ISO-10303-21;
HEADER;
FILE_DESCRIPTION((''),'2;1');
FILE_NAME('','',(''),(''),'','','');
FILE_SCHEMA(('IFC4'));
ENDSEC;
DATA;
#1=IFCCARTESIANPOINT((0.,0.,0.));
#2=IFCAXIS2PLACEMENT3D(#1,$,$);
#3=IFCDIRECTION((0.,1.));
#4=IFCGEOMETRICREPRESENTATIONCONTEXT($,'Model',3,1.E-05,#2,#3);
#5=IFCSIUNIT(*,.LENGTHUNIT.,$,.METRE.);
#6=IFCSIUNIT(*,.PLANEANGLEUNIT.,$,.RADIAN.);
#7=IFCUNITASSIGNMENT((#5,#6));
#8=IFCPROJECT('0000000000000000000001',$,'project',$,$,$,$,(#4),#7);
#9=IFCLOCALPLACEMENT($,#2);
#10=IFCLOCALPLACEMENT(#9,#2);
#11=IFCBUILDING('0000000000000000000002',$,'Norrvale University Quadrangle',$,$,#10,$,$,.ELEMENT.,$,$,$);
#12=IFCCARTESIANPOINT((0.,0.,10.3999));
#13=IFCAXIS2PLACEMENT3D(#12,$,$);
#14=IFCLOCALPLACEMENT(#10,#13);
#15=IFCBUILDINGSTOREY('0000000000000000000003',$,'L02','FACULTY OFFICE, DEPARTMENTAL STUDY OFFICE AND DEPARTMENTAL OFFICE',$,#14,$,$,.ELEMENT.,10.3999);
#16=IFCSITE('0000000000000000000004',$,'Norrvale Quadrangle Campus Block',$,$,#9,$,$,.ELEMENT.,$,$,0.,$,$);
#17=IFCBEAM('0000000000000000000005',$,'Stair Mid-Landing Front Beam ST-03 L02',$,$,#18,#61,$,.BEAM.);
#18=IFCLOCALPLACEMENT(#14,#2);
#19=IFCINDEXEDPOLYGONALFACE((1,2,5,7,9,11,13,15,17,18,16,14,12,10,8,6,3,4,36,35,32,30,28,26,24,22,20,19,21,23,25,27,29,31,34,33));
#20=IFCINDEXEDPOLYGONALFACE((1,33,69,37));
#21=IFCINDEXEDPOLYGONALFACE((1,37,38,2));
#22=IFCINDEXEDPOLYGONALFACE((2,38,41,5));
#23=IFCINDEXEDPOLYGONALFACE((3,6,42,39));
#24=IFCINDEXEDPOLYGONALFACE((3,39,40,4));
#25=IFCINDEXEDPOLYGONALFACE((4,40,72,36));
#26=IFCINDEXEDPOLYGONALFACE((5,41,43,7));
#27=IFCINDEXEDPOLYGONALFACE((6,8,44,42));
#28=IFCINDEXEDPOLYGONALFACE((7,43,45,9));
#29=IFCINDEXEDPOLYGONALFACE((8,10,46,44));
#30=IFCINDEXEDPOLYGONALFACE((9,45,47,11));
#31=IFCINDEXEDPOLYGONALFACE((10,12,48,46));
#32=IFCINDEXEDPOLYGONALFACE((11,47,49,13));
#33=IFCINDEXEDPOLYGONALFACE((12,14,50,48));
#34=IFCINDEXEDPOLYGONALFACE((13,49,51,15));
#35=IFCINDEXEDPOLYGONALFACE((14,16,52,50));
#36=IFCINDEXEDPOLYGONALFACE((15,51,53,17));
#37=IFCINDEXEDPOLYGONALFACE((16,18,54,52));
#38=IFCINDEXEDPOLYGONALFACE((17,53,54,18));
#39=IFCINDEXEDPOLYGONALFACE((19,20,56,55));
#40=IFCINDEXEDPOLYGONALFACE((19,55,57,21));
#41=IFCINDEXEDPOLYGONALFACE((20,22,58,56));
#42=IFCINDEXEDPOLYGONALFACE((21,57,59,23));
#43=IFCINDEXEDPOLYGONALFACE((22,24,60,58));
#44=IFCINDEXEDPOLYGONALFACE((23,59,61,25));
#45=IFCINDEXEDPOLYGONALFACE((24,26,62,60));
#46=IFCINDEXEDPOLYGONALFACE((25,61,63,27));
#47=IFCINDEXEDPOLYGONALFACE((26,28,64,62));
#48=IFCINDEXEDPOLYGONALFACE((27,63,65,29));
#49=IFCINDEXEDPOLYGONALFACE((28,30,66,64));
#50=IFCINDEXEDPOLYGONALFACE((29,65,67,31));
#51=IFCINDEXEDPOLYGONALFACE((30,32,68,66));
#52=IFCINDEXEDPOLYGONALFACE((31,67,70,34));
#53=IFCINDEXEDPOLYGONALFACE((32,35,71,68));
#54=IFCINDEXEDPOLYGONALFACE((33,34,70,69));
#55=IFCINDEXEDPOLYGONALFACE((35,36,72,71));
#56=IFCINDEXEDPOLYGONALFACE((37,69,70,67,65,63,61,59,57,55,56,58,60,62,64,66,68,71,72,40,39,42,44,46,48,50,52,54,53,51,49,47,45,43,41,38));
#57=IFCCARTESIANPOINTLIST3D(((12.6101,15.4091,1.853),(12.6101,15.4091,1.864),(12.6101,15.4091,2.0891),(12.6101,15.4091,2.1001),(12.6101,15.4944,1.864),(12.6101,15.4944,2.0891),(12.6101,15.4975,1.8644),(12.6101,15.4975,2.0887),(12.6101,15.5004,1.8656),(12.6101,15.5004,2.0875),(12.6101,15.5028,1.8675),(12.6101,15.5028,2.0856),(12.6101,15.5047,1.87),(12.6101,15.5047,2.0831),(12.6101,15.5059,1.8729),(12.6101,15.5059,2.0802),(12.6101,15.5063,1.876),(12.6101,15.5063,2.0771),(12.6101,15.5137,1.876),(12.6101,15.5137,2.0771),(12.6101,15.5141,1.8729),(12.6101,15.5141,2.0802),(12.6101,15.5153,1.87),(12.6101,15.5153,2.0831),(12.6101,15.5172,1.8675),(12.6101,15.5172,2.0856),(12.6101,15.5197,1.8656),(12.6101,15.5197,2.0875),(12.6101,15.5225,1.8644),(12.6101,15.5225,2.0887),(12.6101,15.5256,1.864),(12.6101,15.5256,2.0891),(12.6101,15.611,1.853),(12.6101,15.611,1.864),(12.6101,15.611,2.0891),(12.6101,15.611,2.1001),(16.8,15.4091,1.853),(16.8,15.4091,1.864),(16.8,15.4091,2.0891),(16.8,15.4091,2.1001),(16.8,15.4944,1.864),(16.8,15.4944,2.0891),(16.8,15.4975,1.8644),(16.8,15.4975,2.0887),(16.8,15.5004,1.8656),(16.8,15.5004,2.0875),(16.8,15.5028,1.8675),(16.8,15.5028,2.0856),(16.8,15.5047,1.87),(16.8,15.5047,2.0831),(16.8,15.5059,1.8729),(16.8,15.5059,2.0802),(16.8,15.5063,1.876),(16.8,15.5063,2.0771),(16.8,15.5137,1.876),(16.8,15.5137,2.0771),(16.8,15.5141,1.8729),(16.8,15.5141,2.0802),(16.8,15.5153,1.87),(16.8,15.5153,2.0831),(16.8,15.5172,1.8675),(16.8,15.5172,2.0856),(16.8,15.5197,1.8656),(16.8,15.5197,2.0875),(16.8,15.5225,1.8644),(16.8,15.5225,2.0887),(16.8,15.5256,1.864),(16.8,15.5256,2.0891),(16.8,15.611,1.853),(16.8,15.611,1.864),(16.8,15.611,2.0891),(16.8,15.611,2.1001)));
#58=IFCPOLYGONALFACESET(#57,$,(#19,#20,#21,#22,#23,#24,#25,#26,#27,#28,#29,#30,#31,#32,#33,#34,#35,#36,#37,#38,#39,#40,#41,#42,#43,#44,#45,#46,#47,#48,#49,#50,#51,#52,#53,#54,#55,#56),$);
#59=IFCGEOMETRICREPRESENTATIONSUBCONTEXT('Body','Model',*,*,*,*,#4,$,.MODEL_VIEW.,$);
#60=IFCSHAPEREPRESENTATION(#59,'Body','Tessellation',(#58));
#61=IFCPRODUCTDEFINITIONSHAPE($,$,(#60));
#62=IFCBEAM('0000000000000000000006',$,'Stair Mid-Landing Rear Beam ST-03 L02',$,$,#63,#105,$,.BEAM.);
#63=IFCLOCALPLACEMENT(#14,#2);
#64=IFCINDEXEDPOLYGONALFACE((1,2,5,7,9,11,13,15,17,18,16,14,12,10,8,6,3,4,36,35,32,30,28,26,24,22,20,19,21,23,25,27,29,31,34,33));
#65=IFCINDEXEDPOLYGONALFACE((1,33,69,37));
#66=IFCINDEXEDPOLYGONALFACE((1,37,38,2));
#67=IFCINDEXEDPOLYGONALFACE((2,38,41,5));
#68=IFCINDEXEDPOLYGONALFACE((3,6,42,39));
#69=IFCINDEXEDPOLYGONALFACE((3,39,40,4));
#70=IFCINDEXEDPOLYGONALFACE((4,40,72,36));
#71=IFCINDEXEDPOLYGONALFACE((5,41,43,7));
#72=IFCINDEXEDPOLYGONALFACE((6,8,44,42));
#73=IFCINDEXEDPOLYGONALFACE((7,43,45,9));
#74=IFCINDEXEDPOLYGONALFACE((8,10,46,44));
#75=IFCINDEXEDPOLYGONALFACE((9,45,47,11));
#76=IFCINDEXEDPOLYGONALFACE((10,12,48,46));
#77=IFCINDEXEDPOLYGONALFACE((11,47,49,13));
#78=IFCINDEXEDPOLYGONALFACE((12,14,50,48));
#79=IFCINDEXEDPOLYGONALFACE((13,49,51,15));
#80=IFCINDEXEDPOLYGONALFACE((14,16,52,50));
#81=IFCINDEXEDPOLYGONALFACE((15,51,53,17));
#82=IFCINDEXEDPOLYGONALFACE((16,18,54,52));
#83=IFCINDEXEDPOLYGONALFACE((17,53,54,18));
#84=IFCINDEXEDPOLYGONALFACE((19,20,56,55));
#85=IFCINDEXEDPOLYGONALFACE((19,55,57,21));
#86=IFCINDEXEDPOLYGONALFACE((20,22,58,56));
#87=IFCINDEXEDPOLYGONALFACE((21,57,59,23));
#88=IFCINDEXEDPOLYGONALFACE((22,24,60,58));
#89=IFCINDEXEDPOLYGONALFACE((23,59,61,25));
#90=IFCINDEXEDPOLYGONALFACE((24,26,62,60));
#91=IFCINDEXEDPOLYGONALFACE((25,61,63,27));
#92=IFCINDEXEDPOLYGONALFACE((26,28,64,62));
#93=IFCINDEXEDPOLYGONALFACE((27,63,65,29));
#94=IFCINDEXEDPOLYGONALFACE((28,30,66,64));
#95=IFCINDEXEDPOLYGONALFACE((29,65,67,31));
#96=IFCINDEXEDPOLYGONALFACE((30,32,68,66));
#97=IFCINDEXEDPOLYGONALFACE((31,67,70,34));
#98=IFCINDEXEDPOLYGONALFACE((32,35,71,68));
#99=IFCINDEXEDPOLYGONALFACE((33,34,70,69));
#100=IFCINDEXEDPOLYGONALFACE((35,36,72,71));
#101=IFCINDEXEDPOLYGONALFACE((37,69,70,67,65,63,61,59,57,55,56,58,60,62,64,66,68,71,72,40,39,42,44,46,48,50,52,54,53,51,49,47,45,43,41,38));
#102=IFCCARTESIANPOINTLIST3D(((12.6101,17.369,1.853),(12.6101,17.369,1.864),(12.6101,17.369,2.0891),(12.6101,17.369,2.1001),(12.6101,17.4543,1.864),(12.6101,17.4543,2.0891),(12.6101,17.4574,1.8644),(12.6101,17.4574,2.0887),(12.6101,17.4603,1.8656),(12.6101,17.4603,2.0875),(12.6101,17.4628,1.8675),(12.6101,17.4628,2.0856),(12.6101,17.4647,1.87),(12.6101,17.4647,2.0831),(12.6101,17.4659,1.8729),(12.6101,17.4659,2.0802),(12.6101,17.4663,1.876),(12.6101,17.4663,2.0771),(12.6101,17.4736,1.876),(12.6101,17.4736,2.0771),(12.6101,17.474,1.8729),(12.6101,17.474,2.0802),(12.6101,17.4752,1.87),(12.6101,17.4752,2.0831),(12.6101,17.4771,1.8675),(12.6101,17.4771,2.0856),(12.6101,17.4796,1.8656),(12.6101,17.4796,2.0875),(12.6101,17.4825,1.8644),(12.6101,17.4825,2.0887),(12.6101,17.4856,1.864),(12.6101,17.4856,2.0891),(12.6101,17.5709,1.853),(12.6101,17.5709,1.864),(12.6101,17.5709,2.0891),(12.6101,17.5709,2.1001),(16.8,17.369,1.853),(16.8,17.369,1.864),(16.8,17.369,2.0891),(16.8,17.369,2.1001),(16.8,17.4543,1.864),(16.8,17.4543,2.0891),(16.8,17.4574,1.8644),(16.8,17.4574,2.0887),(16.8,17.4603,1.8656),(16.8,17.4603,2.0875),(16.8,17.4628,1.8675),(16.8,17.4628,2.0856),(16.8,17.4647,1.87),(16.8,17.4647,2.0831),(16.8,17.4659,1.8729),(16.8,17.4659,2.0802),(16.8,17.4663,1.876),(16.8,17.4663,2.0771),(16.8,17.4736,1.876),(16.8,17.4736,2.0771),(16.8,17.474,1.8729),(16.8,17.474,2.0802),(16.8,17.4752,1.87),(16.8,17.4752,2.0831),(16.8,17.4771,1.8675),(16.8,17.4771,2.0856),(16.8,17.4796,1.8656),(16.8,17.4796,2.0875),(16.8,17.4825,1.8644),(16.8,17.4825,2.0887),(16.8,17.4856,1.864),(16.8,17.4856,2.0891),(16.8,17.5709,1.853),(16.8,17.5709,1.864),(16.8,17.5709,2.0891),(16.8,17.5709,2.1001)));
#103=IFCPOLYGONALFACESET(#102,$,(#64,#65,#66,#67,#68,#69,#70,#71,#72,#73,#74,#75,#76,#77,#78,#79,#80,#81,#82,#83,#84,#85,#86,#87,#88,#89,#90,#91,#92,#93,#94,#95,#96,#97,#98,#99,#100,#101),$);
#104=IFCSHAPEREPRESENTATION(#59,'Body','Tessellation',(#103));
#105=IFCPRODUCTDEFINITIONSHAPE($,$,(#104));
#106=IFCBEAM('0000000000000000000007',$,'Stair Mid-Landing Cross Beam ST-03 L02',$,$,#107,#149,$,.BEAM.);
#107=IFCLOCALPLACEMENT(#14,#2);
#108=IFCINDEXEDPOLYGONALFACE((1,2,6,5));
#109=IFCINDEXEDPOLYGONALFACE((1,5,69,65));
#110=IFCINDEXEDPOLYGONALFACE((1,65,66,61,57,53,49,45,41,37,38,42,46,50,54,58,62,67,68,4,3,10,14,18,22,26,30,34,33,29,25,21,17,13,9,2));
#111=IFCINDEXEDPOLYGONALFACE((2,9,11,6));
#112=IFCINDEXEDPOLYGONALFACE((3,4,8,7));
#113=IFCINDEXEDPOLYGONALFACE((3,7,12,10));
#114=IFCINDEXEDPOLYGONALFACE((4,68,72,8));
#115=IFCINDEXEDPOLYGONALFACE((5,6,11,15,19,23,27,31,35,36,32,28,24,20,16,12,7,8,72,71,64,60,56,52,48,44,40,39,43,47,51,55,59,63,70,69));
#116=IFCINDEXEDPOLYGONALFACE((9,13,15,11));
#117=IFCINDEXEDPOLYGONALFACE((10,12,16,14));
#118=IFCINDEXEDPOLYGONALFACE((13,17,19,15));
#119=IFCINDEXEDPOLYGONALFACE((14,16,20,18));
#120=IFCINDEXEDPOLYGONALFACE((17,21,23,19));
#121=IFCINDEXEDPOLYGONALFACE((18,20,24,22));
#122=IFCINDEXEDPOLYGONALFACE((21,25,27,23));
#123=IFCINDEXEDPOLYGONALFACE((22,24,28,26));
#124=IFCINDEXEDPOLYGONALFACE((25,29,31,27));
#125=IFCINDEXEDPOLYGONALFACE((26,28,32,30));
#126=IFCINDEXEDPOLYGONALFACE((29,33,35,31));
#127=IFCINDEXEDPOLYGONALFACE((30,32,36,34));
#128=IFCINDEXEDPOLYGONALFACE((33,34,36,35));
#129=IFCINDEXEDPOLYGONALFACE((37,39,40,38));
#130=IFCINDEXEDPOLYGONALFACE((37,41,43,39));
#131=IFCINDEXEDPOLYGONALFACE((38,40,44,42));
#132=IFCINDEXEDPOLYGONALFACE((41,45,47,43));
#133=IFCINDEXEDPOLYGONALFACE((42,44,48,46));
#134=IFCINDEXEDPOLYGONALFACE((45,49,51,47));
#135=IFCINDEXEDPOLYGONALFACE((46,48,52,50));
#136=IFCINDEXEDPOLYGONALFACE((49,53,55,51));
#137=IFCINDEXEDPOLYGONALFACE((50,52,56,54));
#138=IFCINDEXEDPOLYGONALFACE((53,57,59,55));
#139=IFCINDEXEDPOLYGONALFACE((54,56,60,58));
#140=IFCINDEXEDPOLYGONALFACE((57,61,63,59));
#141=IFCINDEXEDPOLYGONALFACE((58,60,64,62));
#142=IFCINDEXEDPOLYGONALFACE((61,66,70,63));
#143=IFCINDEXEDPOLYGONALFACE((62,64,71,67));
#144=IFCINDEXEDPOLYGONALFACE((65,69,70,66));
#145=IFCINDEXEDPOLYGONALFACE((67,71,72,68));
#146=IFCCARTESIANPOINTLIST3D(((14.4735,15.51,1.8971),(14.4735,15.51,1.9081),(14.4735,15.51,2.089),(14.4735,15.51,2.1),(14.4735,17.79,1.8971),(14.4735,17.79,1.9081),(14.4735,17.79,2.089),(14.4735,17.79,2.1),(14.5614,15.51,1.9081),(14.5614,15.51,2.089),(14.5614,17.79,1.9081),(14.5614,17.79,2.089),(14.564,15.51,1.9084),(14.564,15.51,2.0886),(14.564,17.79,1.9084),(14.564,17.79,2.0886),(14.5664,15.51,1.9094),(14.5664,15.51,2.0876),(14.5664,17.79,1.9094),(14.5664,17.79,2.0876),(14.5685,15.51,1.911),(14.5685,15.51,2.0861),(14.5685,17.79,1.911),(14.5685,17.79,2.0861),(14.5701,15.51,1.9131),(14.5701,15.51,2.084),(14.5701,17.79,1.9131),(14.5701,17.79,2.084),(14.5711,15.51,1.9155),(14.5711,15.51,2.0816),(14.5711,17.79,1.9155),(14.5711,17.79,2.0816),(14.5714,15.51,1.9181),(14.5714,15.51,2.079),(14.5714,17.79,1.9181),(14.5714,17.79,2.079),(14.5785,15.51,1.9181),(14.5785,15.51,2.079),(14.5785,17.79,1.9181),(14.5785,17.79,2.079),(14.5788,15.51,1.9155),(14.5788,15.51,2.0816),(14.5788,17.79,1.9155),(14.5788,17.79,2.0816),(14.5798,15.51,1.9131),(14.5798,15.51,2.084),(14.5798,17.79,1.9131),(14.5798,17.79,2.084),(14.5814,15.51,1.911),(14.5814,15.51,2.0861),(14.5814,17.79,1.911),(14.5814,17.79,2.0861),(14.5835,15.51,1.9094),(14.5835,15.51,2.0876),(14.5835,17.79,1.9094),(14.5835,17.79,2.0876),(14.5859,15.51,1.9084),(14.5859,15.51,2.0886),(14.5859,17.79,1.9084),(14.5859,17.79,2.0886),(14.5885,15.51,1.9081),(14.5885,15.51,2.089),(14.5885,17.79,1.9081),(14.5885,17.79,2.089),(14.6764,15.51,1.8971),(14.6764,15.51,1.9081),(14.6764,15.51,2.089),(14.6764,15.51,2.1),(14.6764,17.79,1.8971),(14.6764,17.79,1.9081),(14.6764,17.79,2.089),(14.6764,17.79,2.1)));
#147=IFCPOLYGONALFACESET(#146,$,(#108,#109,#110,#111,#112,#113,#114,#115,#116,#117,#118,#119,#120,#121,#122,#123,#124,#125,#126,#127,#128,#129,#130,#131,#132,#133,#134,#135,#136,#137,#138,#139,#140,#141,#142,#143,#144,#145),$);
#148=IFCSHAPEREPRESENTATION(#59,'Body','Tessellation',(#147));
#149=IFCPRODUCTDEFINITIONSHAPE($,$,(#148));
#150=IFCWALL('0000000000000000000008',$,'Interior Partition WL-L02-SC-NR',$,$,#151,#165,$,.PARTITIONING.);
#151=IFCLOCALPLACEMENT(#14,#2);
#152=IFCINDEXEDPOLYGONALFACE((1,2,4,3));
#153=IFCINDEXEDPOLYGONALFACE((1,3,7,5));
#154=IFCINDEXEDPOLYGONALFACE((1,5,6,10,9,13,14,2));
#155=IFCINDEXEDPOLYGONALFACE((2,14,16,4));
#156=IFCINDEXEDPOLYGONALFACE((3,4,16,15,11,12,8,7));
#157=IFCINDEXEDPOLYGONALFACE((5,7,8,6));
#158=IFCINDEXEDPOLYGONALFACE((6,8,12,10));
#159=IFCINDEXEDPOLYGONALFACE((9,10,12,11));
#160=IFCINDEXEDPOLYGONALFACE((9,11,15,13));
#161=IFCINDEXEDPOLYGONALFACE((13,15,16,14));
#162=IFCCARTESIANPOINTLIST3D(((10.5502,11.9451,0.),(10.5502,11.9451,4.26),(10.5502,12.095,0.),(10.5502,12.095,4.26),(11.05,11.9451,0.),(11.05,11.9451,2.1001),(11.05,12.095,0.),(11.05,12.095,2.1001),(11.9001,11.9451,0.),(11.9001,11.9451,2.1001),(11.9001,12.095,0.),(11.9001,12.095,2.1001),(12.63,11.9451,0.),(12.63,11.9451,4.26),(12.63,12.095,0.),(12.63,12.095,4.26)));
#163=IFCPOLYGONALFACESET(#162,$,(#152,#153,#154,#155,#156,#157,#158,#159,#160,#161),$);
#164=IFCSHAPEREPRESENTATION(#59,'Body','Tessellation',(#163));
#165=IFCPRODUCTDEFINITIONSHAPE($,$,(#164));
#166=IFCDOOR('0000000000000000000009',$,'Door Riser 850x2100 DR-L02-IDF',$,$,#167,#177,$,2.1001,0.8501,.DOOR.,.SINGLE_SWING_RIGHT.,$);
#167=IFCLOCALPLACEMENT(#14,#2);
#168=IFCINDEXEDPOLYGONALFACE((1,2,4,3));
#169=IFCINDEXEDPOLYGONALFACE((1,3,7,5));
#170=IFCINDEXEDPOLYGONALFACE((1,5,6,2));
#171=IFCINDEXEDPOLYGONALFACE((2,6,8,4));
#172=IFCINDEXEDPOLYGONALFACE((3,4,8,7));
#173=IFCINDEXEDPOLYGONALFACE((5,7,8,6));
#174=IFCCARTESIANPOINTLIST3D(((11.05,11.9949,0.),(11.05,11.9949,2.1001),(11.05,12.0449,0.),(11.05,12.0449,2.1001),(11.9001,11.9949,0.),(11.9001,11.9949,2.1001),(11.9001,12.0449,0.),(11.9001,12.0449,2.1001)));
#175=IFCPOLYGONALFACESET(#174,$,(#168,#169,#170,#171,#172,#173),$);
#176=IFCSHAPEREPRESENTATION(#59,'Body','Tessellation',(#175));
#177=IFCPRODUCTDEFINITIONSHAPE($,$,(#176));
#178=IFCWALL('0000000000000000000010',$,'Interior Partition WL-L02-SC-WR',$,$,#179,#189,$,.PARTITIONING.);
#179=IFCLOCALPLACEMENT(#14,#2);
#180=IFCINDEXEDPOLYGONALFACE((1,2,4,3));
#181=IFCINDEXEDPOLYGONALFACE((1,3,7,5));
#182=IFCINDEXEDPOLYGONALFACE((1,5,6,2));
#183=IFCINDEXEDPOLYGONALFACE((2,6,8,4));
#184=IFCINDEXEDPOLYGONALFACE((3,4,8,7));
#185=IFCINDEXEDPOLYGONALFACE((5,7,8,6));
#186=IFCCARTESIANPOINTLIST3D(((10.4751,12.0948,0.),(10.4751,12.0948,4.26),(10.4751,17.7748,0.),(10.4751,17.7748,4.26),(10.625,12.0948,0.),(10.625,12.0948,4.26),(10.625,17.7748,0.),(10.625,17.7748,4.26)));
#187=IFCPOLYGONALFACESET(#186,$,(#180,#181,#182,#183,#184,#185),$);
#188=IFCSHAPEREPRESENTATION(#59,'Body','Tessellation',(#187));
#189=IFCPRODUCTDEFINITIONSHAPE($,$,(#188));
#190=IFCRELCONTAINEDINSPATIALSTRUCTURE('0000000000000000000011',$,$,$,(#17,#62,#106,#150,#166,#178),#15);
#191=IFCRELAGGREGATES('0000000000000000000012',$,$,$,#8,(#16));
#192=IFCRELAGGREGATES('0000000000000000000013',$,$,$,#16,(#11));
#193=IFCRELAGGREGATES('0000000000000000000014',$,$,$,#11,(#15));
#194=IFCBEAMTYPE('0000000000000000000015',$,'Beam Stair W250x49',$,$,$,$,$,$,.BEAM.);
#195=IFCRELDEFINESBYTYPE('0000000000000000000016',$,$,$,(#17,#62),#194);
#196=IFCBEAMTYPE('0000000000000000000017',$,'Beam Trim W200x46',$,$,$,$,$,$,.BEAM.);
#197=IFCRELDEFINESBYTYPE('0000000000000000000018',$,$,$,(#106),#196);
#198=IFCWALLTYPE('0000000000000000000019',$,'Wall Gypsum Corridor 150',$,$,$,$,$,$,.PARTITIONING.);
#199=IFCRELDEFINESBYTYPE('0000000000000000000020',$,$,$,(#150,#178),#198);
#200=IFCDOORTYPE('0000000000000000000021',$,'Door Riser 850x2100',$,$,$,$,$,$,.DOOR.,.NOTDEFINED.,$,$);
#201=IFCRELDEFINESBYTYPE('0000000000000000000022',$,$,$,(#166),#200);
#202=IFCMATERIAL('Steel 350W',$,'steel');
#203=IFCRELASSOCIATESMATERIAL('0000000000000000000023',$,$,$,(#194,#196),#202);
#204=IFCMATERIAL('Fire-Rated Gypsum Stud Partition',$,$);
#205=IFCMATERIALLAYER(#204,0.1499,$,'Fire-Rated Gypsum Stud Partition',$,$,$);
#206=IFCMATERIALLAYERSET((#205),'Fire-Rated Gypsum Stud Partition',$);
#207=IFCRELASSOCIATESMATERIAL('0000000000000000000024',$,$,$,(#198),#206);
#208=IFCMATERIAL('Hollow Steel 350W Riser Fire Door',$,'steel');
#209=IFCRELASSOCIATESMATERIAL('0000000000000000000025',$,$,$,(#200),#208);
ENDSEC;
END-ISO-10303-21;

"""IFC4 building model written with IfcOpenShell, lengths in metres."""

from ifc_helpers import new_model, si_unit, direction, frame, frame_2d, origin, origin_2d, place, context, subcontext, project, spatial, rectangle, i_section, extrude, material, layer, layer_set, material_profile, profile_set, type_object, element, fill, save


model = new_model("IFC4")

# Units and contexts
model_context = context("Model", 3, precision=1e-05, world=origin(), true_north=direction((0.0, 1.0)))
body_context = subcontext(model_context, "Body", "Model", "MODEL_VIEW")
ifc_project = project(units=[si_unit("LENGTHUNIT", "METRE"), si_unit("PLANEANGLEUNIT", "RADIAN")], contexts=[model_context])

# Site, building, storey
site_placement = place(None, origin())
site = spatial("IfcSite", under=ifc_project, at=site_placement, Name="Norrvale Quadrangle Campus Block", CompositionType="ELEMENT", RefElevation=0.0)
building_placement = place(site_placement, origin())
building = spatial("IfcBuilding", under=site, at=building_placement, Name="Norrvale University Quadrangle", CompositionType="ELEMENT")
storey_placement = place(building_placement, frame((0.0, 0.0, 10.3999)))
storey = spatial("IfcBuildingStorey", under=building, at=storey_placement, Name="L02", Description="FACULTY OFFICE, DEPARTMENTAL STUDY OFFICE AND DEPARTMENTAL OFFICE", CompositionType="ELEMENT", Elevation=10.3999)

# Beams
ifc_material_1 = material(Name="Steel 350W", Category="steel")
ifc_material_profile_1 = material_profile(ifc_material_1, i_section(OverallWidth=0.2019, OverallDepth=0.2471, WebThickness=0.0073, FlangeThickness=0.011, FilletRadius=0.012, at=origin_2d()), Name="Steel 350W")
ifc_profile_set_1 = profile_set([ifc_material_profile_1], Name="Steel 350W")
beam_type_1 = type_object("IfcBeamType", Name="Beam Stair W250x49", PredefinedType="BEAM", material=ifc_profile_set_1)
for number, where, z_axis, x_axis, name in (
    (1, (12.6101, 15.51, 1.9766), (1.0, 0.0, 0.0), (0.0, 1.0, 0.0), "Stair Mid-Landing Front Beam ST-03 L02"),
    (2, (12.6101, 17.47, 1.9766), (1.0, 0.0, 0.0), (0.0, 1.0, 0.0), "Stair Mid-Landing Rear Beam ST-03 L02"),
):
    element("IfcBeam", number, at=place(storey_placement, frame(where, z_axis=z_axis, x_axis=x_axis)), inside=storey, type_object=beam_type_1, Name=name, PredefinedType="BEAM", context=body_context, shape_type="SweptSolid", body=[
        extrude(i_section(OverallWidth=0.2019, OverallDepth=0.2471, WebThickness=0.0073, FlangeThickness=0.011, FilletRadius=0.012, at=origin_2d()), origin(), (0.0, 0.0, 1.0), 4.1899),
    ])
ifc_material_profile_2 = material_profile(ifc_material_1, i_section(OverallWidth=0.2029, OverallDepth=0.2029, WebThickness=0.0071, FlangeThickness=0.011, FilletRadius=0.01, at=origin_2d()), Name="Steel 350W")
ifc_profile_set_2 = profile_set([ifc_material_profile_2], Name="Steel 350W")
beam_type_2 = type_object("IfcBeamType", Name="Beam Trim W200x46", PredefinedType="BEAM", material=ifc_profile_set_2)
beam_placement = place(storey_placement, frame((14.575, 15.51, 1.9985), z_axis=(0.0, 1.0, 0.0), x_axis=(-1.0, 0.0, 0.0)))
element("IfcBeam", 3, at=beam_placement, inside=storey, type_object=beam_type_2, Name="Stair Mid-Landing Cross Beam ST-03 L02", PredefinedType="BEAM", context=body_context, shape_type="SweptSolid", body=[
    extrude(i_section(OverallWidth=0.2029, OverallDepth=0.2029, WebThickness=0.0071, FlangeThickness=0.011, FilletRadius=0.01, at=origin_2d()), origin(), (0.0, 0.0, 1.0), 2.28),
])

# Wall, opening, door
ifc_material_2 = material(Name="Fire-Rated Gypsum Stud Partition")
ifc_layer_1 = layer(ifc_material_2, 0.1499, Name="Fire-Rated Gypsum Stud Partition")
ifc_layer_set_1 = layer_set([ifc_layer_1], Name="Fire-Rated Gypsum Stud Partition")
wall_type_1 = type_object("IfcWallType", Name="Wall Gypsum Corridor 150", PredefinedType="PARTITIONING", material=ifc_layer_set_1)
wall_1_placement = place(storey_placement, frame((10.55, 12.02, 0.0), z_axis=(0.0, 0.0, 1.0), x_axis=(1.0, 0.0, 0.0)))
wall_1 = element("IfcWall", 4, at=wall_1_placement, inside=storey, type_object=wall_type_1, Name="Interior Partition WL-L02-SC-NR", PredefinedType="PARTITIONING", context=body_context, shape_type="SweptSolid", body=[
    extrude(rectangle(XDim=2.0798, YDim=0.1499, at=frame_2d((1.04, 0.0))), origin(), (0.0, 0.0, 1.0), 4.26),
])
opening_1_placement = place(wall_1_placement, frame((0.5, 0.0, 0.0)))
opening_1 = element("IfcOpeningElement", 5, at=opening_1_placement, cuts=wall_1, PredefinedType="OPENING", context=body_context, shape_type="SweptSolid", body=[
    extrude(rectangle(XDim=0.8501, YDim=2.1001, at=frame_2d((0.425, 1.05))), frame((0.0, 0.0869, 0.0), z_axis=(0.0, -1.0, 0.0), x_axis=(1.0, 0.0, 0.0)), (0.0, 0.0, 1.0), 0.1738),
])
ifc_material_3 = material(Name="Hollow Steel 350W Riser Fire Door", Category="steel")
door_type = type_object("IfcDoorType", Name="Door Riser 850x2100", OperationType="NOTDEFINED", PredefinedType="DOOR", material=ifc_material_3)
door_1_placement = place(opening_1_placement, origin())
door_1 = element("IfcDoor", 6, at=door_1_placement, inside=storey, type_object=door_type, Name="Door Riser 850x2100 DR-L02-IDF", OperationType="SINGLE_SWING_RIGHT", OverallHeight=2.1001, OverallWidth=0.8501, PredefinedType="DOOR", context=body_context, shape_type="SweptSolid", body=[
    extrude(rectangle(XDim=0.8501, YDim=2.1001, at=frame_2d((0.425, 1.05))), frame((0.0, 0.0249, 0.0), z_axis=(0.0, -1.0, 0.0), x_axis=(1.0, 0.0, 0.0)), (0.0, 0.0, 1.0), 0.05),
])
fill(opening_1, door_1)

# Wall
wall_2_placement = place(storey_placement, frame((10.55, 12.095, 0.0), z_axis=(0.0, 0.0, 1.0), x_axis=(0.0, 1.0, 0.0)))
element("IfcWall", 7, at=wall_2_placement, inside=storey, type_object=wall_type_1, Name="Interior Partition WL-L02-SC-WR", PredefinedType="PARTITIONING", context=body_context, shape_type="SweptSolid", body=[
    extrude(rectangle(XDim=5.6799, YDim=0.1499, at=frame_2d((2.8398, 0.0))), origin(), (0.0, 0.0, 1.0), 4.26),
])

save(model, "model.ifc")
